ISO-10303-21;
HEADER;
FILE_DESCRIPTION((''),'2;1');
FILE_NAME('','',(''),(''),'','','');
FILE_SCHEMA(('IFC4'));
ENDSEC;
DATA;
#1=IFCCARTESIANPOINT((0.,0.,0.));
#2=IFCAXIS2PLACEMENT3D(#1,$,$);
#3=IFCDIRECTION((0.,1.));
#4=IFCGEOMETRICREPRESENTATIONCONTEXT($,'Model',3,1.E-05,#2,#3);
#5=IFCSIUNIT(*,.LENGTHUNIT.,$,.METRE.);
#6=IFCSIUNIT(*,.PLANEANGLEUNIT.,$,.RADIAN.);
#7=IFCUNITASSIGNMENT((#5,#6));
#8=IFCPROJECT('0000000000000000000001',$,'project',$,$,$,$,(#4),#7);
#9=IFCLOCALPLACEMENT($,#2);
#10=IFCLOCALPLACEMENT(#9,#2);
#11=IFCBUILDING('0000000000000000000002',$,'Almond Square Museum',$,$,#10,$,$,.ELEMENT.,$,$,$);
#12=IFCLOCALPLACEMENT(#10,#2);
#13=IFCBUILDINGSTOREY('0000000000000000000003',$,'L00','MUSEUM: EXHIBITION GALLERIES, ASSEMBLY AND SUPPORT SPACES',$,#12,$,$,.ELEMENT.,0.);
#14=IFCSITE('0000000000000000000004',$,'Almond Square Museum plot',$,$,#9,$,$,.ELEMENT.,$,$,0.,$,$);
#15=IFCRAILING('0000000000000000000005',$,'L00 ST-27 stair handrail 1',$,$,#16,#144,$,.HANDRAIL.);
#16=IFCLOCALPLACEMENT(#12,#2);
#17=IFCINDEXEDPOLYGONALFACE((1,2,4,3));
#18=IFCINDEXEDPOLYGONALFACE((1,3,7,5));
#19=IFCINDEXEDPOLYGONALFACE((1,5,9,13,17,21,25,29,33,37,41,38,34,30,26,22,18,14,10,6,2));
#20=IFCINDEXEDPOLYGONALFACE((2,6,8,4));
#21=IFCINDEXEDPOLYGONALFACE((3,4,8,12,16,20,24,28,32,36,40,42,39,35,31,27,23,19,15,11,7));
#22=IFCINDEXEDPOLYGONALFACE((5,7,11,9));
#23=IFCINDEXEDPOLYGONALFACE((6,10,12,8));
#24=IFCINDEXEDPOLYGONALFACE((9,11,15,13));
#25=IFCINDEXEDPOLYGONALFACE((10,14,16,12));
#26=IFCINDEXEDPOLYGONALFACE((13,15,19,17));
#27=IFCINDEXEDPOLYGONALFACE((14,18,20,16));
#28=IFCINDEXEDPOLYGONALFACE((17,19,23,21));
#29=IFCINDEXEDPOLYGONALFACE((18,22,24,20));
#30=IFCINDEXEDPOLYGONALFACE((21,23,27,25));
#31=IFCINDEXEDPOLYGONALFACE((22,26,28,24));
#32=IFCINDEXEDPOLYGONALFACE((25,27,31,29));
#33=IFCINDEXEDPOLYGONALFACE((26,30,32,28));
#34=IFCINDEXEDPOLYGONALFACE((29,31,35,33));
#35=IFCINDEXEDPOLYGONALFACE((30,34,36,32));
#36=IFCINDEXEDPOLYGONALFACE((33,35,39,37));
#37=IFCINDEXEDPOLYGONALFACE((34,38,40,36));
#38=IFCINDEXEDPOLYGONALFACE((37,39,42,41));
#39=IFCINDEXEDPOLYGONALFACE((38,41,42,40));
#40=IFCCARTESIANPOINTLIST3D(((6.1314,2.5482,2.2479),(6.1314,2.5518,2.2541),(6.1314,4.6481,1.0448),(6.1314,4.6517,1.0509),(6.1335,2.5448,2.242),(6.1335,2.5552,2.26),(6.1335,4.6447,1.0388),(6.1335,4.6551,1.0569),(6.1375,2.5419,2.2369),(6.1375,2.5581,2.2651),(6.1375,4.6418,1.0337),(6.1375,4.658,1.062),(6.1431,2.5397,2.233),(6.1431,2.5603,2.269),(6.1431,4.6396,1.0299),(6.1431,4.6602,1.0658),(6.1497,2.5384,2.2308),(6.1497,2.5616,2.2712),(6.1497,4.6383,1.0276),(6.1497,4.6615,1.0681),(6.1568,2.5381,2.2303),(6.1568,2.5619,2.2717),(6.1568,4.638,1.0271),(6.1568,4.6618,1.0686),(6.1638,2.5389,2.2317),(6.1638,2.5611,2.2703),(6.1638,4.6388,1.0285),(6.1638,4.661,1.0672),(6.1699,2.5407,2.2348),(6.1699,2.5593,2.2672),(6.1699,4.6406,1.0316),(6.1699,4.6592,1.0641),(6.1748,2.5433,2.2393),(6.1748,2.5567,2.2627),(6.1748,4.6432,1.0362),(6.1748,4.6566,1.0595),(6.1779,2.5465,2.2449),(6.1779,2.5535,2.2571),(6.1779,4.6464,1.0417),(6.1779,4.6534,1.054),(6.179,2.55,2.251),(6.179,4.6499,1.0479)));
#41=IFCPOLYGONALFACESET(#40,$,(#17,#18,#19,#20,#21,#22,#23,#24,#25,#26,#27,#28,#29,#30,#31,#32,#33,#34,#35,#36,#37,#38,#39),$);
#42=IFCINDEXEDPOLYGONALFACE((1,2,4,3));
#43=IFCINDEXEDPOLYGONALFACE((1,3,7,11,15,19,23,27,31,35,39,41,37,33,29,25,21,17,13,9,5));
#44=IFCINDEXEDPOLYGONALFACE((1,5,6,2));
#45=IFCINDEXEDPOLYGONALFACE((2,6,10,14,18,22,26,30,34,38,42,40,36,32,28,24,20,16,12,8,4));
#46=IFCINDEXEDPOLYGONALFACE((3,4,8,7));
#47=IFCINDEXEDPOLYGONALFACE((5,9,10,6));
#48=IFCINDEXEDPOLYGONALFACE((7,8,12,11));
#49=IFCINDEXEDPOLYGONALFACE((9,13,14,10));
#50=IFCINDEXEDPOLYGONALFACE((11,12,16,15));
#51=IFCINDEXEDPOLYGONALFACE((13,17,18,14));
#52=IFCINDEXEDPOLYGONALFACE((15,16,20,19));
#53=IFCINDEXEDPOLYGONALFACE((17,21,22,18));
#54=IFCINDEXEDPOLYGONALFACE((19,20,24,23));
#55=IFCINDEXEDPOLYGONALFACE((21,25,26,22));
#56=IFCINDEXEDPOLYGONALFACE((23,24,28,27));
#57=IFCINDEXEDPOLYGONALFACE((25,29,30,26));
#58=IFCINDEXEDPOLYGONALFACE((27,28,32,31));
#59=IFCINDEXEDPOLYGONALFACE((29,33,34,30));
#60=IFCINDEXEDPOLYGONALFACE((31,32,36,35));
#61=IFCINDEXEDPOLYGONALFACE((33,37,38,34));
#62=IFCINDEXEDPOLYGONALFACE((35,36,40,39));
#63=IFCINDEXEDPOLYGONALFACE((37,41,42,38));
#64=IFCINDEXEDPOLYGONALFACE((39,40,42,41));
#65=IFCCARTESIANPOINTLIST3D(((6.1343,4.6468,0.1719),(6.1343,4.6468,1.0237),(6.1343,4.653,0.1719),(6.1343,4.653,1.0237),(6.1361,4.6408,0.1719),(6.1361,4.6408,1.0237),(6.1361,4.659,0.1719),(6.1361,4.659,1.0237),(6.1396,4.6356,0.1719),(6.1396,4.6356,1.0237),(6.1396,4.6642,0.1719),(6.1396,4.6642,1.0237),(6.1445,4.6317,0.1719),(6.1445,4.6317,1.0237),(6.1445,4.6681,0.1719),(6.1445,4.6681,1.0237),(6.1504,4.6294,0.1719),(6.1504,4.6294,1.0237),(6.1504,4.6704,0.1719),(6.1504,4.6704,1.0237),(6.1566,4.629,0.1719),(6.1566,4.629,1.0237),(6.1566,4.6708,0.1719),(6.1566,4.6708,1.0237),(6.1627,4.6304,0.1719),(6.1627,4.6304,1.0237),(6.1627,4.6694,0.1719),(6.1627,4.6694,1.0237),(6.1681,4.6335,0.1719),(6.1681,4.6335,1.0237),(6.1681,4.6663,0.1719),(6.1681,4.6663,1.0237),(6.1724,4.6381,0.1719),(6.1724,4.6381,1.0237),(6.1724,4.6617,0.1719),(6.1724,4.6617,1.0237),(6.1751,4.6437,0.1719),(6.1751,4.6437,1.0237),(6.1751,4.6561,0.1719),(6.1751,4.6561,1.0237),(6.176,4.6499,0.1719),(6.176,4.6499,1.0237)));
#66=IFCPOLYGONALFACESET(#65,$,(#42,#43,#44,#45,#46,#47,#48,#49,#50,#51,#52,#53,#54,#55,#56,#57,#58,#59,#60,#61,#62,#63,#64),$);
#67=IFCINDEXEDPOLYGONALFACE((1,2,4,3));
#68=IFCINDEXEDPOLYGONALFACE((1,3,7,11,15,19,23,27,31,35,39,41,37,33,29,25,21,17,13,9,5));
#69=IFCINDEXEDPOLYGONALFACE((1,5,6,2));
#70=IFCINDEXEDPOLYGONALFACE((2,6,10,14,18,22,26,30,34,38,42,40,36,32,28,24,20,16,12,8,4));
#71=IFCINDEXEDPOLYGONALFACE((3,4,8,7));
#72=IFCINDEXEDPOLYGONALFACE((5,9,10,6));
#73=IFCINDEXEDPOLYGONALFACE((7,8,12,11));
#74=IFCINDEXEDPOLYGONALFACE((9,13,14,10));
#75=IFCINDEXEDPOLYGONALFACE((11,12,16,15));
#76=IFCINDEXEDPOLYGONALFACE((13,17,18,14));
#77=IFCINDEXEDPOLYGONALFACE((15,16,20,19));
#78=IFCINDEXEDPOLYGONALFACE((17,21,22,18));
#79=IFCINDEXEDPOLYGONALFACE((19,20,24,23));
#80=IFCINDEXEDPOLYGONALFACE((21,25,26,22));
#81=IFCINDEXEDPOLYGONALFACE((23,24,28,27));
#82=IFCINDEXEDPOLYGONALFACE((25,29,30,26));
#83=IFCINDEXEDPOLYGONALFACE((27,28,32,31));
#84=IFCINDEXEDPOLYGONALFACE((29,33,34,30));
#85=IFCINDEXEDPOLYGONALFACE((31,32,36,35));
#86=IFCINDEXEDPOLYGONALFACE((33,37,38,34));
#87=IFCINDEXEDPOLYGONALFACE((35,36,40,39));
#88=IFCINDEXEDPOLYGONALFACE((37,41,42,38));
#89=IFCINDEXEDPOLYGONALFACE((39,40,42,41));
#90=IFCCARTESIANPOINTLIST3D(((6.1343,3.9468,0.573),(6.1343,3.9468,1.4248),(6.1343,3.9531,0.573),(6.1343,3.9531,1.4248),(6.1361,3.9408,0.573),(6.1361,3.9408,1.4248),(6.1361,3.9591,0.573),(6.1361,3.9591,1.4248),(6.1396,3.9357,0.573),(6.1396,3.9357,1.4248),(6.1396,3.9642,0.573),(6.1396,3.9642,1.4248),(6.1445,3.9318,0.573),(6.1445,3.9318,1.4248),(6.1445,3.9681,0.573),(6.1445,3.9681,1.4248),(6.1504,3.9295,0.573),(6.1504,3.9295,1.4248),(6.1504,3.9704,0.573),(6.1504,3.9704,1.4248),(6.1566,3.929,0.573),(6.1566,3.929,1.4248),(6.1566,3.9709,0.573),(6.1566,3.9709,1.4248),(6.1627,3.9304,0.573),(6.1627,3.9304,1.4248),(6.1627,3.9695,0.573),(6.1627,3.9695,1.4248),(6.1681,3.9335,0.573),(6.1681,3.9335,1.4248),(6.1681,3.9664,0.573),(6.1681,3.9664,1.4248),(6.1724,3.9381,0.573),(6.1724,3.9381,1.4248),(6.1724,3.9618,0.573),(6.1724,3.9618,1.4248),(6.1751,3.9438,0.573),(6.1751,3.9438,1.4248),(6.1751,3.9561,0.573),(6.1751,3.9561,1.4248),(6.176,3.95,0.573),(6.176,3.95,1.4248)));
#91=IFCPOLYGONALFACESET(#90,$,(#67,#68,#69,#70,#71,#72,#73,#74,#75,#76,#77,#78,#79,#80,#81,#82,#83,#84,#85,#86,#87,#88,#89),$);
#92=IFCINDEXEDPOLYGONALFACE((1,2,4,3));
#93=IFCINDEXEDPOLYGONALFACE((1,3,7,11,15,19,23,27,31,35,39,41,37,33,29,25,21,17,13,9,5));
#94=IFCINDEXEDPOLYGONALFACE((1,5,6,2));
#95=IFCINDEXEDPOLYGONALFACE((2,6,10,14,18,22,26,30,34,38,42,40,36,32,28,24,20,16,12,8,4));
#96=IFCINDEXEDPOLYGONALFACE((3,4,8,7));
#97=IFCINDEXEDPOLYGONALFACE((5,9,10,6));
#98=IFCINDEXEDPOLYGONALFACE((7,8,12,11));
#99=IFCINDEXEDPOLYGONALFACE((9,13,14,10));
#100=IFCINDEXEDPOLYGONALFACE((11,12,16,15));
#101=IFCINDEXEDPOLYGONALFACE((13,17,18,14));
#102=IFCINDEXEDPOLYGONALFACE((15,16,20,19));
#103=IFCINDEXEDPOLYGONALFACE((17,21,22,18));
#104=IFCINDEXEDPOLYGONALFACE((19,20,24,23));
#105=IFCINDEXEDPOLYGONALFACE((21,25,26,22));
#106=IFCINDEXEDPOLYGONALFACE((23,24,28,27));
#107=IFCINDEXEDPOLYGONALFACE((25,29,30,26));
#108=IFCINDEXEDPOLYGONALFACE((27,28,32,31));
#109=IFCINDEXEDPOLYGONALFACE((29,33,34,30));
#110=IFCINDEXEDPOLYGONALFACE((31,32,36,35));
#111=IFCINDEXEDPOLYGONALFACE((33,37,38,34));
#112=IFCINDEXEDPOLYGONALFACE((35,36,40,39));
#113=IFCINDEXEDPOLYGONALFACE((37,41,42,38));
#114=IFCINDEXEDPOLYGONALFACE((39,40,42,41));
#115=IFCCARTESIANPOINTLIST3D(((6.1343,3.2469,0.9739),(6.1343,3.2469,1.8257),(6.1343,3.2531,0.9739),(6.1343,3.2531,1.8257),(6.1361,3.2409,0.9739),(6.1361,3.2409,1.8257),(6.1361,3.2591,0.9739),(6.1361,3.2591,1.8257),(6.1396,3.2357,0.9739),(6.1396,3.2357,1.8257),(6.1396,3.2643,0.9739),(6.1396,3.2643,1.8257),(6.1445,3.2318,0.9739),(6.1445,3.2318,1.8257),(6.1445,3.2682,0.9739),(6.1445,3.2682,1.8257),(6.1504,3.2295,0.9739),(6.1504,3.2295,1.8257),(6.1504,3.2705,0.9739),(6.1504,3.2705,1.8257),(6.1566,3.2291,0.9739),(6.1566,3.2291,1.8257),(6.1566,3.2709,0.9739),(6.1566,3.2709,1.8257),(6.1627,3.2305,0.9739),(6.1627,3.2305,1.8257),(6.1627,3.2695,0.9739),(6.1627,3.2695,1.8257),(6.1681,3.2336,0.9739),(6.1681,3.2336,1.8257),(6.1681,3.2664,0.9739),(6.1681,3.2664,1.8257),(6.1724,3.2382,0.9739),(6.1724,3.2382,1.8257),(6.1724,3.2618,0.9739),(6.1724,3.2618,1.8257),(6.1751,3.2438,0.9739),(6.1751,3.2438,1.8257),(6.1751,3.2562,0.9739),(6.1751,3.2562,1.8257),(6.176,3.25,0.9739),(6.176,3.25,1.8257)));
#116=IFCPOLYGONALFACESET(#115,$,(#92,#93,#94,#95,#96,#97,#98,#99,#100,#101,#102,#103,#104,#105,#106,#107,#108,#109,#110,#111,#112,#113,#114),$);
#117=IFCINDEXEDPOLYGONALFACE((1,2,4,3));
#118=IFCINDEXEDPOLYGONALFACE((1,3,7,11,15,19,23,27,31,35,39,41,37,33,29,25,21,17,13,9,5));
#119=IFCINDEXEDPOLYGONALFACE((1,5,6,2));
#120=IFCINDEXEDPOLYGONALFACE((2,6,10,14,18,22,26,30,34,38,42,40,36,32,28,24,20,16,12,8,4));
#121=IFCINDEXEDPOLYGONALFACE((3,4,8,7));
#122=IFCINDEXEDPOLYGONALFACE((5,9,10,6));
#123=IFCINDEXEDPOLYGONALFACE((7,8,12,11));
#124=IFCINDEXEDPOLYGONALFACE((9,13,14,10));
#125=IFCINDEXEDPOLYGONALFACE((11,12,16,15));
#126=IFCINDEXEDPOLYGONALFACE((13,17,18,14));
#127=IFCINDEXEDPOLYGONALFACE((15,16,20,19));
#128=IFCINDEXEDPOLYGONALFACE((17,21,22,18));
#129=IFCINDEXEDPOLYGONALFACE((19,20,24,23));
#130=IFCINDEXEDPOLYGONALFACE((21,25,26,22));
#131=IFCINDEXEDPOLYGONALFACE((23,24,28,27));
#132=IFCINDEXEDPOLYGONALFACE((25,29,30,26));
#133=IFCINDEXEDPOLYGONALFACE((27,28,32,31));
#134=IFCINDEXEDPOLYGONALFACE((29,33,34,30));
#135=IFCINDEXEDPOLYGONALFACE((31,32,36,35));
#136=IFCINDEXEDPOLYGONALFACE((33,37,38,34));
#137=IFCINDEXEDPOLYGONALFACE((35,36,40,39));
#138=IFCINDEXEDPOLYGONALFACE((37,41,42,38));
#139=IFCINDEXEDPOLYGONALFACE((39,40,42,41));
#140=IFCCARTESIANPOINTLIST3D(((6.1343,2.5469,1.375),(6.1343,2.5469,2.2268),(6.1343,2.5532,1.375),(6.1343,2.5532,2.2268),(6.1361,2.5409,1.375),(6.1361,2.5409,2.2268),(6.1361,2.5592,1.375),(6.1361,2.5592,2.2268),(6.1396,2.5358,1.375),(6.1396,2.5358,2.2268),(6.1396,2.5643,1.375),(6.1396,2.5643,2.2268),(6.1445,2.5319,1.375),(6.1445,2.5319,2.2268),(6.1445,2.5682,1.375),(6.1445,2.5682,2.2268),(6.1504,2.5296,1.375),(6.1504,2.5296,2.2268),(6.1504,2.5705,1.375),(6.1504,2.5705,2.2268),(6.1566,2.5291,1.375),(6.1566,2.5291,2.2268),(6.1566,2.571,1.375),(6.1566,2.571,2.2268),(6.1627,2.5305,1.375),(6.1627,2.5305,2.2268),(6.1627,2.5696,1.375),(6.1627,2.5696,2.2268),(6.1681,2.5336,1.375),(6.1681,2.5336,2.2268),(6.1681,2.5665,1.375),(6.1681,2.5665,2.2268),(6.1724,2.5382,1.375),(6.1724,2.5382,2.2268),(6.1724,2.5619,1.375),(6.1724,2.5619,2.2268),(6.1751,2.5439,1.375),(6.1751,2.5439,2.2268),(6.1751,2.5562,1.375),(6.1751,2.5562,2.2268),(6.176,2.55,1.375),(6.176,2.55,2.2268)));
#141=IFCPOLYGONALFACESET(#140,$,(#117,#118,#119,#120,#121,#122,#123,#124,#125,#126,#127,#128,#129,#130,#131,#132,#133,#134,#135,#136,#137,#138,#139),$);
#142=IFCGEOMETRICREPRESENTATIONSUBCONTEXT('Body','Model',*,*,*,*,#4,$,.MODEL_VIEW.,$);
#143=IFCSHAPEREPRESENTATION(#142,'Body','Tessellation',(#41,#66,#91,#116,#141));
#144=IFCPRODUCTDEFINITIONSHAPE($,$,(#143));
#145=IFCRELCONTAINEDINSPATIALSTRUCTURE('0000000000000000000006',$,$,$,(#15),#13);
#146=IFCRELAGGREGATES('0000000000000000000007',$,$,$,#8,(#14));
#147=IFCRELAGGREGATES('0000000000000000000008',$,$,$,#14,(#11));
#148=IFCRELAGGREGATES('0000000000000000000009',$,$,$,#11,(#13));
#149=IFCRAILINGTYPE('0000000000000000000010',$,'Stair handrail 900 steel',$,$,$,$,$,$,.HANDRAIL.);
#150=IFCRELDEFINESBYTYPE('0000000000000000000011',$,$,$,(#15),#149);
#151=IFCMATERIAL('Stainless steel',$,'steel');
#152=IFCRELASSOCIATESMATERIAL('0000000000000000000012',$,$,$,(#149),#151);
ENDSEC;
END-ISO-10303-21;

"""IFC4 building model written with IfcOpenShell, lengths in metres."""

from ifc_helpers import new_model, si_unit, direction, frame, origin, origin_2d, place, context, subcontext, project, spatial, circle, extrude, material, type_object, element, save


model = new_model("IFC4")

# Units and contexts
model_context = context("Model", 3, precision=1e-05, world=origin(), true_north=direction((0.0, 1.0)))
body_context = subcontext(model_context, "Body", "Model", "MODEL_VIEW")
ifc_project = project(units=[si_unit("LENGTHUNIT", "METRE"), si_unit("PLANEANGLEUNIT", "RADIAN")], contexts=[model_context])

# Site, building, storey
site_placement = place(None, origin())
site = spatial("IfcSite", under=ifc_project, at=site_placement, Name="Almond Square Museum plot", CompositionType="ELEMENT", RefElevation=0.0)
building_placement = place(site_placement, origin())
building = spatial("IfcBuilding", under=site, at=building_placement, Name="Almond Square Museum", CompositionType="ELEMENT")
storey_placement = place(building_placement, origin())
storey = spatial("IfcBuildingStorey", under=building, at=storey_placement, Name="L00", Description="MUSEUM: EXHIBITION GALLERIES, ASSEMBLY AND SUPPORT SPACES", CompositionType="ELEMENT", Elevation=0.0)

# Railing
ifc_material_1 = material(Name="Stainless steel", Category="steel")
railing_type = type_object("IfcRailingType", Name="Stair handrail 900 steel", PredefinedType="HANDRAIL", material=ifc_material_1)
for number, where, name in (
    (1, (6.155, 4.6499, 0.1719), "L00 ST-27 stair handrail 1"),
):
    element("IfcRailing", number, at=place(storey_placement, frame(where)), inside=storey, type_object=railing_type, Name=name, PredefinedType="HANDRAIL", context=body_context, shape_type="SweptSolid", body=[
        extrude(circle(Radius=0.0239, at=origin_2d()), frame((0.0, 0.0, 0.876), z_axis=(0.0, -0.867671, 0.497138), x_axis=(1.0, 0.0, 0.0)), (0.0, 0.0, 1.0), 2.4202),
        extrude(circle(Radius=0.021, at=origin_2d()), origin(), (0.0, 0.0, 1.0), 0.8518),
        extrude(circle(Radius=0.021, at=origin_2d()), frame((0.0, -0.7, 0.4011)), (0.0, 0.0, 1.0), 0.8518),
        extrude(circle(Radius=0.021, at=origin_2d()), frame((0.0, -1.3999, 0.802)), (0.0, 0.0, 1.0), 0.8518),
        extrude(circle(Radius=0.021, at=origin_2d()), frame((0.0, -2.0999, 1.2031)), (0.0, 0.0, 1.0), 0.8518),
    ])

save(model, "model.ifc")
